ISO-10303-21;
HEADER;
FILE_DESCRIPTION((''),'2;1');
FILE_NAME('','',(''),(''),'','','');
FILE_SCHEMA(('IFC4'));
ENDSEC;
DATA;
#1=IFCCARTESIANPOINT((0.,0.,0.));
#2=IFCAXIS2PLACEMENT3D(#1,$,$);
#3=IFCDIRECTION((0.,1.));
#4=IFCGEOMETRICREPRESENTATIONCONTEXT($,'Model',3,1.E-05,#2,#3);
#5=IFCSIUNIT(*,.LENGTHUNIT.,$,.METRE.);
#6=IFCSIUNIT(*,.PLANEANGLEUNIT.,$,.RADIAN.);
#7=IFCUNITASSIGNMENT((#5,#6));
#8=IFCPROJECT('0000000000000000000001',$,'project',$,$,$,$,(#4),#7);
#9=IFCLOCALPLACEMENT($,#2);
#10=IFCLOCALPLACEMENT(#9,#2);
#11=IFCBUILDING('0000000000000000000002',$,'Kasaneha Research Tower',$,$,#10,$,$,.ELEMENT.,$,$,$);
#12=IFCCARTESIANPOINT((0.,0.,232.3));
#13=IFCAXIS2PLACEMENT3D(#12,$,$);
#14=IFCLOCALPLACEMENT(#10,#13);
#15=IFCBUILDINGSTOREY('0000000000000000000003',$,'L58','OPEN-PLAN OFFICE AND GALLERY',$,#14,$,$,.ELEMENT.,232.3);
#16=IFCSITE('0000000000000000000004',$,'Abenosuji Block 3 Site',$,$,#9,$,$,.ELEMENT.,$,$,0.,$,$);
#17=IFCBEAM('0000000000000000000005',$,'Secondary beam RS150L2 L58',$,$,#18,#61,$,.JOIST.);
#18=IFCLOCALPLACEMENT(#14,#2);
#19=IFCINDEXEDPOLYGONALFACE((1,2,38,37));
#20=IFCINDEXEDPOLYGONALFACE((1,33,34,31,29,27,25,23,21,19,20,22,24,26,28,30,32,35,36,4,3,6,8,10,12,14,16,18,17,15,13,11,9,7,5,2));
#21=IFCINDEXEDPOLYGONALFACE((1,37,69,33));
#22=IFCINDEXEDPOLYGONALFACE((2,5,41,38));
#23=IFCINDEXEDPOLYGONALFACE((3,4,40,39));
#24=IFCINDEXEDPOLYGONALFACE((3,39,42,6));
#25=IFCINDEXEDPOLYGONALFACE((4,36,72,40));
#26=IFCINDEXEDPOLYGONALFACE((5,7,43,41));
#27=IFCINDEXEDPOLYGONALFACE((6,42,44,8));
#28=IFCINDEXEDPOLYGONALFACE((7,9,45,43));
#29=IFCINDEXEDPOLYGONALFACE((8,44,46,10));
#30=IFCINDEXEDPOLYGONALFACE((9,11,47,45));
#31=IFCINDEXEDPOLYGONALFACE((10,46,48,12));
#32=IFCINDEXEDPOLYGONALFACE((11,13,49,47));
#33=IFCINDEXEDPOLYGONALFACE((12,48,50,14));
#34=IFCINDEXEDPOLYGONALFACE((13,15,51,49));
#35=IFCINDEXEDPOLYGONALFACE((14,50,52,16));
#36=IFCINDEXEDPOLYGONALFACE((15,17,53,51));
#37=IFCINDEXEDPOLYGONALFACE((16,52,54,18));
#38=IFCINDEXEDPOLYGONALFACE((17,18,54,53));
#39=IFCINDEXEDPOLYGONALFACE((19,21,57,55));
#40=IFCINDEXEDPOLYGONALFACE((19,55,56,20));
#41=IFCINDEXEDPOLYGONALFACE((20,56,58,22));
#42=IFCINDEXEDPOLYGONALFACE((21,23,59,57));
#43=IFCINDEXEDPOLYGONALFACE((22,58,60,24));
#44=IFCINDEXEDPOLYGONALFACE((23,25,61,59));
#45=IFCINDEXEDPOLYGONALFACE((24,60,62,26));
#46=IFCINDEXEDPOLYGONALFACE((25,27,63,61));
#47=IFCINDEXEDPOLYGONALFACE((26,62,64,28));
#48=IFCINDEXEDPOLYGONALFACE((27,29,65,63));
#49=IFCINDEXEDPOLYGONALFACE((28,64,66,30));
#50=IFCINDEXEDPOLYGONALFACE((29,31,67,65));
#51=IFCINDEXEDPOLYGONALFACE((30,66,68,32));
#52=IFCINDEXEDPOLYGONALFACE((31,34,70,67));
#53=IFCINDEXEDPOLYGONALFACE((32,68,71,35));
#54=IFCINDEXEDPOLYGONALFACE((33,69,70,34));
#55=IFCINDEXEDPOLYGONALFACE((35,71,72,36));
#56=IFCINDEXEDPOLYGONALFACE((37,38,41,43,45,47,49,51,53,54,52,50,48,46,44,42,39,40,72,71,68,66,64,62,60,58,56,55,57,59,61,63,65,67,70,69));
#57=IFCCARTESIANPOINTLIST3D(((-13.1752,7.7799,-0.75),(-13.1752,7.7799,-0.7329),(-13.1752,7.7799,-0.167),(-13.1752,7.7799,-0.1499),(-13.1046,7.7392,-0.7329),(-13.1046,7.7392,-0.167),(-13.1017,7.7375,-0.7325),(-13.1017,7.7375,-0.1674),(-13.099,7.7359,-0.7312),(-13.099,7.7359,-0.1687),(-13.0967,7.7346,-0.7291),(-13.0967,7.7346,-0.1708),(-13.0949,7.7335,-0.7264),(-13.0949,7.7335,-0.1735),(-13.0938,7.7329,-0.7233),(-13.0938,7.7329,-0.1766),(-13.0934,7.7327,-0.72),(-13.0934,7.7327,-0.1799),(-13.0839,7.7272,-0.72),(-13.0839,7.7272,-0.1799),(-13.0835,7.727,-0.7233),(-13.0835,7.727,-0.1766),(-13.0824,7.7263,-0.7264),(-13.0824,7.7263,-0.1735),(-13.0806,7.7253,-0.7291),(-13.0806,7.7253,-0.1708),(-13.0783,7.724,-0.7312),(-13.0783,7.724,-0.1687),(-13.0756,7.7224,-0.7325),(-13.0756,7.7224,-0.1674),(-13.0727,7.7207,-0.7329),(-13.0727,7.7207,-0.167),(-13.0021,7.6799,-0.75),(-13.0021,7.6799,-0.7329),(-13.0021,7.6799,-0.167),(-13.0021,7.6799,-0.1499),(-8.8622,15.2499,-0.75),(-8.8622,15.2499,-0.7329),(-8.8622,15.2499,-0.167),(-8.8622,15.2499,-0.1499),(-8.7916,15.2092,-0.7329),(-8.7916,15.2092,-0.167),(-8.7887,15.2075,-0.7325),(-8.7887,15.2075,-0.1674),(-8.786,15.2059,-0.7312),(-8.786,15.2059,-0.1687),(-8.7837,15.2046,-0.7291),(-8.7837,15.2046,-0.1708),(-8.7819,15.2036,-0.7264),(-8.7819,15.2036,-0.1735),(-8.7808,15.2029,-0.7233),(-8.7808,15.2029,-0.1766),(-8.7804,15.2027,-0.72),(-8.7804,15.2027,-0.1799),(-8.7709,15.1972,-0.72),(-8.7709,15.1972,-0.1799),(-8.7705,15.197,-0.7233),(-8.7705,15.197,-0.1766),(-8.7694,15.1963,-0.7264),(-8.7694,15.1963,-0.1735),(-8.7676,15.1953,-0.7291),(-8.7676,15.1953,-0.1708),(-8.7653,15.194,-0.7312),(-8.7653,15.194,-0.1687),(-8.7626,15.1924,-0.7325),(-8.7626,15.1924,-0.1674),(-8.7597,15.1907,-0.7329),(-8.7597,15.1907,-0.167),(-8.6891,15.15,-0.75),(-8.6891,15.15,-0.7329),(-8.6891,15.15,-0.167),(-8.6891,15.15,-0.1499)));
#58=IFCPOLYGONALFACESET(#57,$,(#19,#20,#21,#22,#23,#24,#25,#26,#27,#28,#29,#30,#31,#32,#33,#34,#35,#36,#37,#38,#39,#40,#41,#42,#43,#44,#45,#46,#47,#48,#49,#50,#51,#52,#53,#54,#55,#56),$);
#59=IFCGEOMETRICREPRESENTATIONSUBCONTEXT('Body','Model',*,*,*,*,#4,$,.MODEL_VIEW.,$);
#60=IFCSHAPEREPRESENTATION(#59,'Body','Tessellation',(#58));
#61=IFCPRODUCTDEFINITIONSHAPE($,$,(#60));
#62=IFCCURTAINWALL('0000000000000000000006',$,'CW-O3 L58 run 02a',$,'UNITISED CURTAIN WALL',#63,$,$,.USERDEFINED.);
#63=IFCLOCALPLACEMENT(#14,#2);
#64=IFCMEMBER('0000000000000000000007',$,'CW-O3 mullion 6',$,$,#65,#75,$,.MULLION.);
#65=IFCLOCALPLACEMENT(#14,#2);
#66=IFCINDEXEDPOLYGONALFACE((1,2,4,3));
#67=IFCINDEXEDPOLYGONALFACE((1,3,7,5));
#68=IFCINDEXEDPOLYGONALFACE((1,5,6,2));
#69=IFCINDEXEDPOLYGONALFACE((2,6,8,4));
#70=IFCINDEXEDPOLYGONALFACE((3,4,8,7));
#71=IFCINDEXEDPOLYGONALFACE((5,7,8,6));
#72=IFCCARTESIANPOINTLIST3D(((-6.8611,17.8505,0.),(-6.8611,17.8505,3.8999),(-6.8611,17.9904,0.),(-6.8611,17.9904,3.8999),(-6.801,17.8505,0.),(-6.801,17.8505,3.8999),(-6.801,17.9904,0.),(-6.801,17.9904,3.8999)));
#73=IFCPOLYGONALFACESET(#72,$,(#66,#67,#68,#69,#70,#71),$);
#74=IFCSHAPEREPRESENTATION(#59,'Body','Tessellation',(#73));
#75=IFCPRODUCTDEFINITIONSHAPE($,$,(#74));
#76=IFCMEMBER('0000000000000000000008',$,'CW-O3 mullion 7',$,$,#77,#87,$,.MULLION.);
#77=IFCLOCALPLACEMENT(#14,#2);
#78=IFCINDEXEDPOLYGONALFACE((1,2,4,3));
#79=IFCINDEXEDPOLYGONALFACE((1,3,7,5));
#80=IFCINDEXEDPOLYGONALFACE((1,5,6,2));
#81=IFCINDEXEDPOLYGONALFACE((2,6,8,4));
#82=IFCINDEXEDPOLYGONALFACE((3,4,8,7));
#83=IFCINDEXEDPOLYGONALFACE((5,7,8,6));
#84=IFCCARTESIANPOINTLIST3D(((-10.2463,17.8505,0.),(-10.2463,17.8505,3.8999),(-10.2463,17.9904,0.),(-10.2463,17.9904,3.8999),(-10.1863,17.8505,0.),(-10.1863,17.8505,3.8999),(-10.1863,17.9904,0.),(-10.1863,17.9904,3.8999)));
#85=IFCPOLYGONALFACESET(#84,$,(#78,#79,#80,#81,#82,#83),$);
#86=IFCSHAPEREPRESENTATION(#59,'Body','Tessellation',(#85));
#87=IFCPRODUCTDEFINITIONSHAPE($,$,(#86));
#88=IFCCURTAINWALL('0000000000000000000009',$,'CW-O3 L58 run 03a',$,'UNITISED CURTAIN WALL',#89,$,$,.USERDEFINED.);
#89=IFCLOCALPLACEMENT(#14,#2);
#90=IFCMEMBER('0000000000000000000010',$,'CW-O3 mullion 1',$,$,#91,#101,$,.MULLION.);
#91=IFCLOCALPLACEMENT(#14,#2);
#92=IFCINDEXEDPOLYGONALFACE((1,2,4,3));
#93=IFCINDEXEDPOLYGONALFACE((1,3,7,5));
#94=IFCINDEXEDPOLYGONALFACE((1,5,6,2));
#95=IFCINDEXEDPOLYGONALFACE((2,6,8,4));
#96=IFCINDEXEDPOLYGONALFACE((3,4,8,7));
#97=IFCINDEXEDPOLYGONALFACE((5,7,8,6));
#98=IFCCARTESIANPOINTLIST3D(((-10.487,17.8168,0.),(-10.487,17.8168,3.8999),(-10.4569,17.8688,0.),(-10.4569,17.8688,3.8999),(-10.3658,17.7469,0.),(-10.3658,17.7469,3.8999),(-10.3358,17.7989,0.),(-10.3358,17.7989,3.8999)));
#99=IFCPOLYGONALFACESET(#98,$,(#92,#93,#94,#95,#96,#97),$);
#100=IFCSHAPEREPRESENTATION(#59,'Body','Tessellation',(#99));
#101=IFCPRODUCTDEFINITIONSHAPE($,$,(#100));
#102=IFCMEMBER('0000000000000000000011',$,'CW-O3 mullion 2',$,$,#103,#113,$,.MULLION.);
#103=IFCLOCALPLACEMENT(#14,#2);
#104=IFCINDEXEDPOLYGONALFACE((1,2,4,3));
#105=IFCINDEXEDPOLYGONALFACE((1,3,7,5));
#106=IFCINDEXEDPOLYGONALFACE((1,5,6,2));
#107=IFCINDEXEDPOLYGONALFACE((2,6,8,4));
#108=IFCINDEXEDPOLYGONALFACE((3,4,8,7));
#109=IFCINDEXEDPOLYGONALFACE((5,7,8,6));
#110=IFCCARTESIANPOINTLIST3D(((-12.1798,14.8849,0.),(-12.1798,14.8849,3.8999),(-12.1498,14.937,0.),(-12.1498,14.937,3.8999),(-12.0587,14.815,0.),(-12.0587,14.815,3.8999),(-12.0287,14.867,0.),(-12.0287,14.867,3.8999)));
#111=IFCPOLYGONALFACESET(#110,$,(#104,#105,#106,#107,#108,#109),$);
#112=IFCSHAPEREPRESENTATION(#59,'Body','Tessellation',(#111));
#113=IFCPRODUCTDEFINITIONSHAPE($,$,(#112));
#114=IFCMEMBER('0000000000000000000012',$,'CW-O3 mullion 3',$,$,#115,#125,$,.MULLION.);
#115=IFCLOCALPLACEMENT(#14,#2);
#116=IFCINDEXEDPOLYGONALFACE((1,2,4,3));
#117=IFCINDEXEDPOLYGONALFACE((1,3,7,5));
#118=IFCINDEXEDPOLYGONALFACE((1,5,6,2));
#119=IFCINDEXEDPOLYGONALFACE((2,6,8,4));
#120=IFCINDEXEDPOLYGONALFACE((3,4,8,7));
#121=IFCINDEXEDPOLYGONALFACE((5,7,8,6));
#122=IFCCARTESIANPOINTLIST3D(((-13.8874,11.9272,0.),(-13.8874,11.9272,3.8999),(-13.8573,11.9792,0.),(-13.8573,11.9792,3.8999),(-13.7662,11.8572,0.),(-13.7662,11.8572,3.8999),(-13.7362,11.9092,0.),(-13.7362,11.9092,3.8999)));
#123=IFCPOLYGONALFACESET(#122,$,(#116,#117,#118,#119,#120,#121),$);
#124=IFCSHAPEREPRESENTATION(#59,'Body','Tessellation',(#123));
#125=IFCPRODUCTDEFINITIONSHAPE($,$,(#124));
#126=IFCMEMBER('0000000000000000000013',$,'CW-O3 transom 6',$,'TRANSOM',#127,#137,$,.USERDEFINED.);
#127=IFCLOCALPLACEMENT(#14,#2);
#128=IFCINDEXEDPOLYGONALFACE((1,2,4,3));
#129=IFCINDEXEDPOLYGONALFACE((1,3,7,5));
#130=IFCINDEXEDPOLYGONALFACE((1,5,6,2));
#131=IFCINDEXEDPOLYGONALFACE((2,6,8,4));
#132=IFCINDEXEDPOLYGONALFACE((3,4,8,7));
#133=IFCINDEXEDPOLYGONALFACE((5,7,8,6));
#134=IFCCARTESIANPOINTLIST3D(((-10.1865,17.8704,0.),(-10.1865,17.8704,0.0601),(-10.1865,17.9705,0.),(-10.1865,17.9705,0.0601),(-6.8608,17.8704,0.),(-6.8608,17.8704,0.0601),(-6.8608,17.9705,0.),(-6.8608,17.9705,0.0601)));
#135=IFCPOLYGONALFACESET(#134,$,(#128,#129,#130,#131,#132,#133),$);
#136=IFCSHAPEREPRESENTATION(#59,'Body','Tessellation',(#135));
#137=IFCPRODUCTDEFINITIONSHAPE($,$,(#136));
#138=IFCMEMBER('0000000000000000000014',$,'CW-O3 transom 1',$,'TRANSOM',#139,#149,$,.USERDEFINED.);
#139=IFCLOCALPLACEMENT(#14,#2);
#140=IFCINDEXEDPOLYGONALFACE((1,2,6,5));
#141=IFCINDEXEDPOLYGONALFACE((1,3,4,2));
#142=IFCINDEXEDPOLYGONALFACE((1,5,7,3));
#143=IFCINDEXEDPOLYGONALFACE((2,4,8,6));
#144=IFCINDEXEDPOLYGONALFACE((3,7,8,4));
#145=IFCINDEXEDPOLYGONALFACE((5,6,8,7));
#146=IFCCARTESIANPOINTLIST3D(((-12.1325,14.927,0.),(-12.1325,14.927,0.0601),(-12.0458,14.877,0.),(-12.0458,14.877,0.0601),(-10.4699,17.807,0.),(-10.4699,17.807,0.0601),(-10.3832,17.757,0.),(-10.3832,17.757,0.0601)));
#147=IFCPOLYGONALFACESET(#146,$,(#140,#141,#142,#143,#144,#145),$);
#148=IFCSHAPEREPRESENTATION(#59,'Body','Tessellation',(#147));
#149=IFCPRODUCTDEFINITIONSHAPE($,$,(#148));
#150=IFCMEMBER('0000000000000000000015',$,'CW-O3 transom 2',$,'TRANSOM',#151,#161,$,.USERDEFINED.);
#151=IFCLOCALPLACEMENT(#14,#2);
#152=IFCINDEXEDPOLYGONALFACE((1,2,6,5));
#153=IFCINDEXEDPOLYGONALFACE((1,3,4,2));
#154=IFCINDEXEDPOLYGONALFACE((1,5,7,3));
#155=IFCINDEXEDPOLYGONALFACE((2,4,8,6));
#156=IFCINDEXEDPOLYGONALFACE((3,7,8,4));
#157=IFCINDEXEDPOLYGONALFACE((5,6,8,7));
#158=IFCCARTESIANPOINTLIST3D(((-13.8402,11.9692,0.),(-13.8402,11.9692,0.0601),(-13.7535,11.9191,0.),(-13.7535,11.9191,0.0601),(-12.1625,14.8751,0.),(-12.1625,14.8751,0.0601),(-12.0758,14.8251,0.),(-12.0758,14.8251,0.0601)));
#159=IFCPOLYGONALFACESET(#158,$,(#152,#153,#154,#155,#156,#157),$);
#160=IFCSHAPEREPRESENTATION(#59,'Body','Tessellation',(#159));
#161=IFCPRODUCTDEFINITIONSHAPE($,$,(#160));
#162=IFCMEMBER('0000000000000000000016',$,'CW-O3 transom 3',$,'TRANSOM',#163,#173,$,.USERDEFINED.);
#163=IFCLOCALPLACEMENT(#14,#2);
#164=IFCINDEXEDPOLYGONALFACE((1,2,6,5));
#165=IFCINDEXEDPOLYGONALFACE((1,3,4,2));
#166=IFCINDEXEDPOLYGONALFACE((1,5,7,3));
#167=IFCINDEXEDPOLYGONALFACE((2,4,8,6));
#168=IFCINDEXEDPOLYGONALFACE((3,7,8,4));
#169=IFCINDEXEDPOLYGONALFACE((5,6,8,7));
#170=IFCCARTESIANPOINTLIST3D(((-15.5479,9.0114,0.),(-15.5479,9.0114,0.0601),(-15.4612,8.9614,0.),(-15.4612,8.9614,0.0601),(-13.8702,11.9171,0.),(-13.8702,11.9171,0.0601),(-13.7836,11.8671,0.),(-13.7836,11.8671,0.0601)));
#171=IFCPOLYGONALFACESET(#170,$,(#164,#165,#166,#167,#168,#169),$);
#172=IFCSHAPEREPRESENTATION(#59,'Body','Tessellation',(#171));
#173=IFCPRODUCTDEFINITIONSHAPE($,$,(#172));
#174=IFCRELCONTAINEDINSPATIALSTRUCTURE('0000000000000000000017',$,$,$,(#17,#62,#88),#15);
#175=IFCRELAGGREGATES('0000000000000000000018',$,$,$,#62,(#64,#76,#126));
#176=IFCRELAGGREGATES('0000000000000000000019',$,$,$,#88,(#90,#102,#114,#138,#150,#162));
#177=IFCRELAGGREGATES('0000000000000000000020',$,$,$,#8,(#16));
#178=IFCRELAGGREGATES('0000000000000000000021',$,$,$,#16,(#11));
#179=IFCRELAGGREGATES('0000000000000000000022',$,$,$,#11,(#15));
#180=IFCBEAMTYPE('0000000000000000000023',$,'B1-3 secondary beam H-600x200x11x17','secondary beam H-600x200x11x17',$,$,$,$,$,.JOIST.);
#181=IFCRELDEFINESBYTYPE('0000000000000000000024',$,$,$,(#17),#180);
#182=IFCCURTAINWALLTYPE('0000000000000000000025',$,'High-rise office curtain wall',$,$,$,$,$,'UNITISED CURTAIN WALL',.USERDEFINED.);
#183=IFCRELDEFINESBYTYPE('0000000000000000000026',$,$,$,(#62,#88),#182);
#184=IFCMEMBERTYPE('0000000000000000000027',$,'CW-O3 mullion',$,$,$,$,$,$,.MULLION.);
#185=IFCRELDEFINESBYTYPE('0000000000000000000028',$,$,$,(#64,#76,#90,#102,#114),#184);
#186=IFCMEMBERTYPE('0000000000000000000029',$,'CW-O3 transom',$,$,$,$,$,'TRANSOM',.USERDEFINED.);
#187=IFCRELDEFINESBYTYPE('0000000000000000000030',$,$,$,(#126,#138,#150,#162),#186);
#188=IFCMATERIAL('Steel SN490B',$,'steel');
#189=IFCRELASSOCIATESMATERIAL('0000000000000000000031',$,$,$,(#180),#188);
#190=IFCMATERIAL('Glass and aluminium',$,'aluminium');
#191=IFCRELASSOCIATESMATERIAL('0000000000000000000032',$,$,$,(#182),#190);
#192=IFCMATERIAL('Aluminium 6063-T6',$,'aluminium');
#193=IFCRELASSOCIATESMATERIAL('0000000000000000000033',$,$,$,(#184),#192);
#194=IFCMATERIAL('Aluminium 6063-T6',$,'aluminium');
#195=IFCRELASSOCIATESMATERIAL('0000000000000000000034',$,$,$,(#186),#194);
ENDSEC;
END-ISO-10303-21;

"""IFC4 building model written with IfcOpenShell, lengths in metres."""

from ifc_helpers import new_model, si_unit, direction, frame, origin, origin_2d, place, context, subcontext, project, spatial, rectangle, i_section, extrude, material, material_profile, profile_set, type_object, element, aggregate, save


model = new_model("IFC4")

# Units and contexts
model_context = context("Model", 3, precision=1e-05, world=origin(), true_north=direction((0.0, 1.0)))
body_context = subcontext(model_context, "Body", "Model", "MODEL_VIEW")
ifc_project = project(units=[si_unit("LENGTHUNIT", "METRE"), si_unit("PLANEANGLEUNIT", "RADIAN")], contexts=[model_context])

# Site, building, storey
site_placement = place(None, origin())
site = spatial("IfcSite", under=ifc_project, at=site_placement, Name="Abenosuji Block 3 Site", CompositionType="ELEMENT", RefElevation=0.0)
building_placement = place(site_placement, origin())
building = spatial("IfcBuilding", under=site, at=building_placement, Name="Kasaneha Research Tower", CompositionType="ELEMENT")
storey_placement = place(building_placement, frame((0.0, 0.0, 232.3)))
storey = spatial("IfcBuildingStorey", under=building, at=storey_placement, Name="L58", Description="OPEN-PLAN OFFICE AND GALLERY", CompositionType="ELEMENT", Elevation=232.3)

# Beam
ifc_material_1 = material(Name="Steel SN490B", Category="steel")
ifc_material_profile_1 = material_profile(ifc_material_1, i_section(OverallWidth=0.2, OverallDepth=0.6001, WebThickness=0.011, FlangeThickness=0.0171, FilletRadius=0.0129, at=origin_2d()), Name="H-600x200x11x17")
ifc_profile_set_1 = profile_set([ifc_material_profile_1], Name="Steel SN490B")
beam_type_1 = type_object("IfcBeamType", Name="B1-3 secondary beam H-600x200x11x17", Description="secondary beam H-600x200x11x17", PredefinedType="JOIST", material=ifc_profile_set_1)
beam_1_placement = place(storey_placement, frame((-8.7756, 15.2, -0.45), z_axis=(-0.500017, -0.866015, 0.0), x_axis=(0.866015, -0.500017, 0.0)))
element("IfcBeam", 1, at=beam_1_placement, inside=storey, type_object=beam_type_1, Name="Secondary beam RS150L2 L58", PredefinedType="JOIST", context=body_context, shape_type="SweptSolid", body=[
    extrude(i_section(OverallWidth=0.2, OverallDepth=0.6001, WebThickness=0.011, FlangeThickness=0.0171, FilletRadius=0.0129, at=origin_2d()), origin(), (0.0, 0.0, 1.0), 8.6257),
])

# Curtain walls, members
ifc_material_2 = material(Name="Glass and aluminium", Category="aluminium")
curtain_wall_type = type_object("IfcCurtainWallType", Name="High-rise office curtain wall", ElementType="UNITISED CURTAIN WALL", PredefinedType="USERDEFINED", material=ifc_material_2)
curtain_wall_1_placement = place(storey_placement, origin())
curtain_wall_1 = element("IfcCurtainWall", 2, at=curtain_wall_1_placement, inside=storey, type_object=curtain_wall_type, Name="CW-O3 L58 run 02a", ObjectType="UNITISED CURTAIN WALL", PredefinedType="USERDEFINED")
ifc_material_3 = material(Name="Aluminium 6063-T6", Category="aluminium")
ifc_material_profile_2 = material_profile(ifc_material_3, rectangle(XDim=0.0601, YDim=0.1399, at=origin_2d()), Name="CW-O3 mullion 60x140")
ifc_profile_set_2 = profile_set([ifc_material_profile_2], Name="Aluminium 6063-T6")
member_type_1 = type_object("IfcMemberType", Name="CW-O3 mullion", PredefinedType="MULLION", material=ifc_profile_set_2)
member_1_placement = place(storey_placement, frame((-6.8311, 17.9204, 0.0), z_axis=(0.0, 0.0, 1.0), x_axis=(-1.0, 0.0, 0.0)))
member_1 = element("IfcMember", 3, at=member_1_placement, type_object=member_type_1, Name="CW-O3 mullion 6", PredefinedType="MULLION", context=body_context, shape_type="SweptSolid", body=[
    extrude(rectangle(XDim=0.0601, YDim=0.1399, at=origin_2d()), origin(), (0.0, 0.0, 1.0), 3.8999),
])
member_2_placement = place(storey_placement, frame((-10.2163, 17.9204, 0.0), z_axis=(0.0, 0.0, 1.0), x_axis=(-1.0, 0.0, 0.0)))
member_2 = element("IfcMember", 4, at=member_2_placement, type_object=member_type_1, Name="CW-O3 mullion 7", PredefinedType="MULLION", context=body_context, shape_type="SweptSolid", body=[
    extrude(rectangle(XDim=0.0601, YDim=0.1399, at=origin_2d()), origin(), (0.0, 0.0, 1.0), 3.8999),
])
curtain_wall_2_placement = place(storey_placement, origin())
curtain_wall_2 = element("IfcCurtainWall", 5, at=curtain_wall_2_placement, inside=storey, type_object=curtain_wall_type, Name="CW-O3 L58 run 03a", ObjectType="UNITISED CURTAIN WALL", PredefinedType="USERDEFINED")
member_3_placement = place(storey_placement, frame((-10.4114, 17.8079, 0.0), z_axis=(0.0, 0.0, 1.0), x_axis=(-0.5, -0.866025, 0.0)))
member_3 = element("IfcMember", 6, at=member_3_placement, type_object=member_type_1, Name="CW-O3 mullion 1", PredefinedType="MULLION", context=body_context, shape_type="SweptSolid", body=[
    extrude(rectangle(XDim=0.0601, YDim=0.1399, at=origin_2d()), origin(), (0.0, 0.0, 1.0), 3.8999),
])
member_4_placement = place(storey_placement, frame((-12.1042, 14.876, 0.0), z_axis=(0.0, 0.0, 1.0), x_axis=(-0.5, -0.866025, 0.0)))
member_4 = element("IfcMember", 7, at=member_4_placement, type_object=member_type_1, Name="CW-O3 mullion 2", PredefinedType="MULLION", context=body_context, shape_type="SweptSolid", body=[
    extrude(rectangle(XDim=0.0601, YDim=0.1399, at=origin_2d()), origin(), (0.0, 0.0, 1.0), 3.8999),
])
member_5_placement = place(storey_placement, frame((-13.8118, 11.9182, 0.0), z_axis=(0.0, 0.0, 1.0), x_axis=(-0.5, -0.866025, 0.0)))
member_5 = element("IfcMember", 8, at=member_5_placement, type_object=member_type_1, Name="CW-O3 mullion 3", PredefinedType="MULLION", context=body_context, shape_type="SweptSolid", body=[
    extrude(rectangle(XDim=0.0601, YDim=0.1399, at=origin_2d()), origin(), (0.0, 0.0, 1.0), 3.8999),
])

# Members
ifc_material_4 = material(Name="Aluminium 6063-T6", Category="aluminium")
ifc_material_profile_3 = material_profile(ifc_material_4, rectangle(XDim=0.1001, YDim=0.0601, at=origin_2d()), Name="CW-O3 transom 100x60")
ifc_profile_set_3 = profile_set([ifc_material_profile_3], Name="Aluminium 6063-T6")
member_type_2 = type_object("IfcMemberType", Name="CW-O3 transom", ElementType="TRANSOM", PredefinedType="USERDEFINED", material=ifc_profile_set_3)
member_6_placement = place(storey_placement, frame((-6.8608, 17.9204, 0.03), z_axis=(-1.0, 0.0, 0.0), x_axis=(0.0, -1.0, 0.0)))
member_6 = element("IfcMember", 9, at=member_6_placement, type_object=member_type_2, Name="CW-O3 transom 6", ObjectType="TRANSOM", PredefinedType="USERDEFINED", context=body_context, shape_type="SweptSolid", body=[
    extrude(rectangle(XDim=0.1001, YDim=0.0601, at=origin_2d()), origin(), (0.0, 0.0, 1.0), 3.3257),
])
member_7_placement = place(storey_placement, frame((-10.4265, 17.782, 0.03), z_axis=(-0.499977, -0.866039, 0.0), x_axis=(0.866039, -0.499977, 0.0)))
member_7 = element("IfcMember", 10, at=member_7_placement, type_object=member_type_2, Name="CW-O3 transom 1", ObjectType="TRANSOM", PredefinedType="USERDEFINED", context=body_context, shape_type="SweptSolid", body=[
    extrude(rectangle(XDim=0.1001, YDim=0.0601, at=origin_2d()), origin(), (0.0, 0.0, 1.0), 3.3254),
])
member_8_placement = place(storey_placement, frame((-12.1191, 14.8501, 0.03), z_axis=(-0.499989, -0.866032, 0.0), x_axis=(0.866032, -0.499989, 0.0)))
member_8 = element("IfcMember", 11, at=member_8_placement, type_object=member_type_2, Name="CW-O3 transom 2", ObjectType="TRANSOM", PredefinedType="USERDEFINED", context=body_context, shape_type="SweptSolid", body=[
    extrude(rectangle(XDim=0.1001, YDim=0.0601, at=origin_2d()), origin(), (0.0, 0.0, 1.0), 3.3555),
])
member_9_placement = place(storey_placement, frame((-13.8269, 11.8921, 0.03), z_axis=(-0.500021, -0.866014, 0.0), x_axis=(0.866014, -0.500021, 0.0)))
member_9 = element("IfcMember", 12, at=member_9_placement, type_object=member_type_2, Name="CW-O3 transom 3", ObjectType="TRANSOM", PredefinedType="USERDEFINED", context=body_context, shape_type="SweptSolid", body=[
    extrude(rectangle(XDim=0.1001, YDim=0.0601, at=origin_2d()), origin(), (0.0, 0.0, 1.0), 3.3552),
])

aggregate(curtain_wall_1, [member_1, member_2, member_6])
aggregate(curtain_wall_2, [member_3, member_4, member_5, member_7, member_8, member_9])

save(model, "model.ifc")
